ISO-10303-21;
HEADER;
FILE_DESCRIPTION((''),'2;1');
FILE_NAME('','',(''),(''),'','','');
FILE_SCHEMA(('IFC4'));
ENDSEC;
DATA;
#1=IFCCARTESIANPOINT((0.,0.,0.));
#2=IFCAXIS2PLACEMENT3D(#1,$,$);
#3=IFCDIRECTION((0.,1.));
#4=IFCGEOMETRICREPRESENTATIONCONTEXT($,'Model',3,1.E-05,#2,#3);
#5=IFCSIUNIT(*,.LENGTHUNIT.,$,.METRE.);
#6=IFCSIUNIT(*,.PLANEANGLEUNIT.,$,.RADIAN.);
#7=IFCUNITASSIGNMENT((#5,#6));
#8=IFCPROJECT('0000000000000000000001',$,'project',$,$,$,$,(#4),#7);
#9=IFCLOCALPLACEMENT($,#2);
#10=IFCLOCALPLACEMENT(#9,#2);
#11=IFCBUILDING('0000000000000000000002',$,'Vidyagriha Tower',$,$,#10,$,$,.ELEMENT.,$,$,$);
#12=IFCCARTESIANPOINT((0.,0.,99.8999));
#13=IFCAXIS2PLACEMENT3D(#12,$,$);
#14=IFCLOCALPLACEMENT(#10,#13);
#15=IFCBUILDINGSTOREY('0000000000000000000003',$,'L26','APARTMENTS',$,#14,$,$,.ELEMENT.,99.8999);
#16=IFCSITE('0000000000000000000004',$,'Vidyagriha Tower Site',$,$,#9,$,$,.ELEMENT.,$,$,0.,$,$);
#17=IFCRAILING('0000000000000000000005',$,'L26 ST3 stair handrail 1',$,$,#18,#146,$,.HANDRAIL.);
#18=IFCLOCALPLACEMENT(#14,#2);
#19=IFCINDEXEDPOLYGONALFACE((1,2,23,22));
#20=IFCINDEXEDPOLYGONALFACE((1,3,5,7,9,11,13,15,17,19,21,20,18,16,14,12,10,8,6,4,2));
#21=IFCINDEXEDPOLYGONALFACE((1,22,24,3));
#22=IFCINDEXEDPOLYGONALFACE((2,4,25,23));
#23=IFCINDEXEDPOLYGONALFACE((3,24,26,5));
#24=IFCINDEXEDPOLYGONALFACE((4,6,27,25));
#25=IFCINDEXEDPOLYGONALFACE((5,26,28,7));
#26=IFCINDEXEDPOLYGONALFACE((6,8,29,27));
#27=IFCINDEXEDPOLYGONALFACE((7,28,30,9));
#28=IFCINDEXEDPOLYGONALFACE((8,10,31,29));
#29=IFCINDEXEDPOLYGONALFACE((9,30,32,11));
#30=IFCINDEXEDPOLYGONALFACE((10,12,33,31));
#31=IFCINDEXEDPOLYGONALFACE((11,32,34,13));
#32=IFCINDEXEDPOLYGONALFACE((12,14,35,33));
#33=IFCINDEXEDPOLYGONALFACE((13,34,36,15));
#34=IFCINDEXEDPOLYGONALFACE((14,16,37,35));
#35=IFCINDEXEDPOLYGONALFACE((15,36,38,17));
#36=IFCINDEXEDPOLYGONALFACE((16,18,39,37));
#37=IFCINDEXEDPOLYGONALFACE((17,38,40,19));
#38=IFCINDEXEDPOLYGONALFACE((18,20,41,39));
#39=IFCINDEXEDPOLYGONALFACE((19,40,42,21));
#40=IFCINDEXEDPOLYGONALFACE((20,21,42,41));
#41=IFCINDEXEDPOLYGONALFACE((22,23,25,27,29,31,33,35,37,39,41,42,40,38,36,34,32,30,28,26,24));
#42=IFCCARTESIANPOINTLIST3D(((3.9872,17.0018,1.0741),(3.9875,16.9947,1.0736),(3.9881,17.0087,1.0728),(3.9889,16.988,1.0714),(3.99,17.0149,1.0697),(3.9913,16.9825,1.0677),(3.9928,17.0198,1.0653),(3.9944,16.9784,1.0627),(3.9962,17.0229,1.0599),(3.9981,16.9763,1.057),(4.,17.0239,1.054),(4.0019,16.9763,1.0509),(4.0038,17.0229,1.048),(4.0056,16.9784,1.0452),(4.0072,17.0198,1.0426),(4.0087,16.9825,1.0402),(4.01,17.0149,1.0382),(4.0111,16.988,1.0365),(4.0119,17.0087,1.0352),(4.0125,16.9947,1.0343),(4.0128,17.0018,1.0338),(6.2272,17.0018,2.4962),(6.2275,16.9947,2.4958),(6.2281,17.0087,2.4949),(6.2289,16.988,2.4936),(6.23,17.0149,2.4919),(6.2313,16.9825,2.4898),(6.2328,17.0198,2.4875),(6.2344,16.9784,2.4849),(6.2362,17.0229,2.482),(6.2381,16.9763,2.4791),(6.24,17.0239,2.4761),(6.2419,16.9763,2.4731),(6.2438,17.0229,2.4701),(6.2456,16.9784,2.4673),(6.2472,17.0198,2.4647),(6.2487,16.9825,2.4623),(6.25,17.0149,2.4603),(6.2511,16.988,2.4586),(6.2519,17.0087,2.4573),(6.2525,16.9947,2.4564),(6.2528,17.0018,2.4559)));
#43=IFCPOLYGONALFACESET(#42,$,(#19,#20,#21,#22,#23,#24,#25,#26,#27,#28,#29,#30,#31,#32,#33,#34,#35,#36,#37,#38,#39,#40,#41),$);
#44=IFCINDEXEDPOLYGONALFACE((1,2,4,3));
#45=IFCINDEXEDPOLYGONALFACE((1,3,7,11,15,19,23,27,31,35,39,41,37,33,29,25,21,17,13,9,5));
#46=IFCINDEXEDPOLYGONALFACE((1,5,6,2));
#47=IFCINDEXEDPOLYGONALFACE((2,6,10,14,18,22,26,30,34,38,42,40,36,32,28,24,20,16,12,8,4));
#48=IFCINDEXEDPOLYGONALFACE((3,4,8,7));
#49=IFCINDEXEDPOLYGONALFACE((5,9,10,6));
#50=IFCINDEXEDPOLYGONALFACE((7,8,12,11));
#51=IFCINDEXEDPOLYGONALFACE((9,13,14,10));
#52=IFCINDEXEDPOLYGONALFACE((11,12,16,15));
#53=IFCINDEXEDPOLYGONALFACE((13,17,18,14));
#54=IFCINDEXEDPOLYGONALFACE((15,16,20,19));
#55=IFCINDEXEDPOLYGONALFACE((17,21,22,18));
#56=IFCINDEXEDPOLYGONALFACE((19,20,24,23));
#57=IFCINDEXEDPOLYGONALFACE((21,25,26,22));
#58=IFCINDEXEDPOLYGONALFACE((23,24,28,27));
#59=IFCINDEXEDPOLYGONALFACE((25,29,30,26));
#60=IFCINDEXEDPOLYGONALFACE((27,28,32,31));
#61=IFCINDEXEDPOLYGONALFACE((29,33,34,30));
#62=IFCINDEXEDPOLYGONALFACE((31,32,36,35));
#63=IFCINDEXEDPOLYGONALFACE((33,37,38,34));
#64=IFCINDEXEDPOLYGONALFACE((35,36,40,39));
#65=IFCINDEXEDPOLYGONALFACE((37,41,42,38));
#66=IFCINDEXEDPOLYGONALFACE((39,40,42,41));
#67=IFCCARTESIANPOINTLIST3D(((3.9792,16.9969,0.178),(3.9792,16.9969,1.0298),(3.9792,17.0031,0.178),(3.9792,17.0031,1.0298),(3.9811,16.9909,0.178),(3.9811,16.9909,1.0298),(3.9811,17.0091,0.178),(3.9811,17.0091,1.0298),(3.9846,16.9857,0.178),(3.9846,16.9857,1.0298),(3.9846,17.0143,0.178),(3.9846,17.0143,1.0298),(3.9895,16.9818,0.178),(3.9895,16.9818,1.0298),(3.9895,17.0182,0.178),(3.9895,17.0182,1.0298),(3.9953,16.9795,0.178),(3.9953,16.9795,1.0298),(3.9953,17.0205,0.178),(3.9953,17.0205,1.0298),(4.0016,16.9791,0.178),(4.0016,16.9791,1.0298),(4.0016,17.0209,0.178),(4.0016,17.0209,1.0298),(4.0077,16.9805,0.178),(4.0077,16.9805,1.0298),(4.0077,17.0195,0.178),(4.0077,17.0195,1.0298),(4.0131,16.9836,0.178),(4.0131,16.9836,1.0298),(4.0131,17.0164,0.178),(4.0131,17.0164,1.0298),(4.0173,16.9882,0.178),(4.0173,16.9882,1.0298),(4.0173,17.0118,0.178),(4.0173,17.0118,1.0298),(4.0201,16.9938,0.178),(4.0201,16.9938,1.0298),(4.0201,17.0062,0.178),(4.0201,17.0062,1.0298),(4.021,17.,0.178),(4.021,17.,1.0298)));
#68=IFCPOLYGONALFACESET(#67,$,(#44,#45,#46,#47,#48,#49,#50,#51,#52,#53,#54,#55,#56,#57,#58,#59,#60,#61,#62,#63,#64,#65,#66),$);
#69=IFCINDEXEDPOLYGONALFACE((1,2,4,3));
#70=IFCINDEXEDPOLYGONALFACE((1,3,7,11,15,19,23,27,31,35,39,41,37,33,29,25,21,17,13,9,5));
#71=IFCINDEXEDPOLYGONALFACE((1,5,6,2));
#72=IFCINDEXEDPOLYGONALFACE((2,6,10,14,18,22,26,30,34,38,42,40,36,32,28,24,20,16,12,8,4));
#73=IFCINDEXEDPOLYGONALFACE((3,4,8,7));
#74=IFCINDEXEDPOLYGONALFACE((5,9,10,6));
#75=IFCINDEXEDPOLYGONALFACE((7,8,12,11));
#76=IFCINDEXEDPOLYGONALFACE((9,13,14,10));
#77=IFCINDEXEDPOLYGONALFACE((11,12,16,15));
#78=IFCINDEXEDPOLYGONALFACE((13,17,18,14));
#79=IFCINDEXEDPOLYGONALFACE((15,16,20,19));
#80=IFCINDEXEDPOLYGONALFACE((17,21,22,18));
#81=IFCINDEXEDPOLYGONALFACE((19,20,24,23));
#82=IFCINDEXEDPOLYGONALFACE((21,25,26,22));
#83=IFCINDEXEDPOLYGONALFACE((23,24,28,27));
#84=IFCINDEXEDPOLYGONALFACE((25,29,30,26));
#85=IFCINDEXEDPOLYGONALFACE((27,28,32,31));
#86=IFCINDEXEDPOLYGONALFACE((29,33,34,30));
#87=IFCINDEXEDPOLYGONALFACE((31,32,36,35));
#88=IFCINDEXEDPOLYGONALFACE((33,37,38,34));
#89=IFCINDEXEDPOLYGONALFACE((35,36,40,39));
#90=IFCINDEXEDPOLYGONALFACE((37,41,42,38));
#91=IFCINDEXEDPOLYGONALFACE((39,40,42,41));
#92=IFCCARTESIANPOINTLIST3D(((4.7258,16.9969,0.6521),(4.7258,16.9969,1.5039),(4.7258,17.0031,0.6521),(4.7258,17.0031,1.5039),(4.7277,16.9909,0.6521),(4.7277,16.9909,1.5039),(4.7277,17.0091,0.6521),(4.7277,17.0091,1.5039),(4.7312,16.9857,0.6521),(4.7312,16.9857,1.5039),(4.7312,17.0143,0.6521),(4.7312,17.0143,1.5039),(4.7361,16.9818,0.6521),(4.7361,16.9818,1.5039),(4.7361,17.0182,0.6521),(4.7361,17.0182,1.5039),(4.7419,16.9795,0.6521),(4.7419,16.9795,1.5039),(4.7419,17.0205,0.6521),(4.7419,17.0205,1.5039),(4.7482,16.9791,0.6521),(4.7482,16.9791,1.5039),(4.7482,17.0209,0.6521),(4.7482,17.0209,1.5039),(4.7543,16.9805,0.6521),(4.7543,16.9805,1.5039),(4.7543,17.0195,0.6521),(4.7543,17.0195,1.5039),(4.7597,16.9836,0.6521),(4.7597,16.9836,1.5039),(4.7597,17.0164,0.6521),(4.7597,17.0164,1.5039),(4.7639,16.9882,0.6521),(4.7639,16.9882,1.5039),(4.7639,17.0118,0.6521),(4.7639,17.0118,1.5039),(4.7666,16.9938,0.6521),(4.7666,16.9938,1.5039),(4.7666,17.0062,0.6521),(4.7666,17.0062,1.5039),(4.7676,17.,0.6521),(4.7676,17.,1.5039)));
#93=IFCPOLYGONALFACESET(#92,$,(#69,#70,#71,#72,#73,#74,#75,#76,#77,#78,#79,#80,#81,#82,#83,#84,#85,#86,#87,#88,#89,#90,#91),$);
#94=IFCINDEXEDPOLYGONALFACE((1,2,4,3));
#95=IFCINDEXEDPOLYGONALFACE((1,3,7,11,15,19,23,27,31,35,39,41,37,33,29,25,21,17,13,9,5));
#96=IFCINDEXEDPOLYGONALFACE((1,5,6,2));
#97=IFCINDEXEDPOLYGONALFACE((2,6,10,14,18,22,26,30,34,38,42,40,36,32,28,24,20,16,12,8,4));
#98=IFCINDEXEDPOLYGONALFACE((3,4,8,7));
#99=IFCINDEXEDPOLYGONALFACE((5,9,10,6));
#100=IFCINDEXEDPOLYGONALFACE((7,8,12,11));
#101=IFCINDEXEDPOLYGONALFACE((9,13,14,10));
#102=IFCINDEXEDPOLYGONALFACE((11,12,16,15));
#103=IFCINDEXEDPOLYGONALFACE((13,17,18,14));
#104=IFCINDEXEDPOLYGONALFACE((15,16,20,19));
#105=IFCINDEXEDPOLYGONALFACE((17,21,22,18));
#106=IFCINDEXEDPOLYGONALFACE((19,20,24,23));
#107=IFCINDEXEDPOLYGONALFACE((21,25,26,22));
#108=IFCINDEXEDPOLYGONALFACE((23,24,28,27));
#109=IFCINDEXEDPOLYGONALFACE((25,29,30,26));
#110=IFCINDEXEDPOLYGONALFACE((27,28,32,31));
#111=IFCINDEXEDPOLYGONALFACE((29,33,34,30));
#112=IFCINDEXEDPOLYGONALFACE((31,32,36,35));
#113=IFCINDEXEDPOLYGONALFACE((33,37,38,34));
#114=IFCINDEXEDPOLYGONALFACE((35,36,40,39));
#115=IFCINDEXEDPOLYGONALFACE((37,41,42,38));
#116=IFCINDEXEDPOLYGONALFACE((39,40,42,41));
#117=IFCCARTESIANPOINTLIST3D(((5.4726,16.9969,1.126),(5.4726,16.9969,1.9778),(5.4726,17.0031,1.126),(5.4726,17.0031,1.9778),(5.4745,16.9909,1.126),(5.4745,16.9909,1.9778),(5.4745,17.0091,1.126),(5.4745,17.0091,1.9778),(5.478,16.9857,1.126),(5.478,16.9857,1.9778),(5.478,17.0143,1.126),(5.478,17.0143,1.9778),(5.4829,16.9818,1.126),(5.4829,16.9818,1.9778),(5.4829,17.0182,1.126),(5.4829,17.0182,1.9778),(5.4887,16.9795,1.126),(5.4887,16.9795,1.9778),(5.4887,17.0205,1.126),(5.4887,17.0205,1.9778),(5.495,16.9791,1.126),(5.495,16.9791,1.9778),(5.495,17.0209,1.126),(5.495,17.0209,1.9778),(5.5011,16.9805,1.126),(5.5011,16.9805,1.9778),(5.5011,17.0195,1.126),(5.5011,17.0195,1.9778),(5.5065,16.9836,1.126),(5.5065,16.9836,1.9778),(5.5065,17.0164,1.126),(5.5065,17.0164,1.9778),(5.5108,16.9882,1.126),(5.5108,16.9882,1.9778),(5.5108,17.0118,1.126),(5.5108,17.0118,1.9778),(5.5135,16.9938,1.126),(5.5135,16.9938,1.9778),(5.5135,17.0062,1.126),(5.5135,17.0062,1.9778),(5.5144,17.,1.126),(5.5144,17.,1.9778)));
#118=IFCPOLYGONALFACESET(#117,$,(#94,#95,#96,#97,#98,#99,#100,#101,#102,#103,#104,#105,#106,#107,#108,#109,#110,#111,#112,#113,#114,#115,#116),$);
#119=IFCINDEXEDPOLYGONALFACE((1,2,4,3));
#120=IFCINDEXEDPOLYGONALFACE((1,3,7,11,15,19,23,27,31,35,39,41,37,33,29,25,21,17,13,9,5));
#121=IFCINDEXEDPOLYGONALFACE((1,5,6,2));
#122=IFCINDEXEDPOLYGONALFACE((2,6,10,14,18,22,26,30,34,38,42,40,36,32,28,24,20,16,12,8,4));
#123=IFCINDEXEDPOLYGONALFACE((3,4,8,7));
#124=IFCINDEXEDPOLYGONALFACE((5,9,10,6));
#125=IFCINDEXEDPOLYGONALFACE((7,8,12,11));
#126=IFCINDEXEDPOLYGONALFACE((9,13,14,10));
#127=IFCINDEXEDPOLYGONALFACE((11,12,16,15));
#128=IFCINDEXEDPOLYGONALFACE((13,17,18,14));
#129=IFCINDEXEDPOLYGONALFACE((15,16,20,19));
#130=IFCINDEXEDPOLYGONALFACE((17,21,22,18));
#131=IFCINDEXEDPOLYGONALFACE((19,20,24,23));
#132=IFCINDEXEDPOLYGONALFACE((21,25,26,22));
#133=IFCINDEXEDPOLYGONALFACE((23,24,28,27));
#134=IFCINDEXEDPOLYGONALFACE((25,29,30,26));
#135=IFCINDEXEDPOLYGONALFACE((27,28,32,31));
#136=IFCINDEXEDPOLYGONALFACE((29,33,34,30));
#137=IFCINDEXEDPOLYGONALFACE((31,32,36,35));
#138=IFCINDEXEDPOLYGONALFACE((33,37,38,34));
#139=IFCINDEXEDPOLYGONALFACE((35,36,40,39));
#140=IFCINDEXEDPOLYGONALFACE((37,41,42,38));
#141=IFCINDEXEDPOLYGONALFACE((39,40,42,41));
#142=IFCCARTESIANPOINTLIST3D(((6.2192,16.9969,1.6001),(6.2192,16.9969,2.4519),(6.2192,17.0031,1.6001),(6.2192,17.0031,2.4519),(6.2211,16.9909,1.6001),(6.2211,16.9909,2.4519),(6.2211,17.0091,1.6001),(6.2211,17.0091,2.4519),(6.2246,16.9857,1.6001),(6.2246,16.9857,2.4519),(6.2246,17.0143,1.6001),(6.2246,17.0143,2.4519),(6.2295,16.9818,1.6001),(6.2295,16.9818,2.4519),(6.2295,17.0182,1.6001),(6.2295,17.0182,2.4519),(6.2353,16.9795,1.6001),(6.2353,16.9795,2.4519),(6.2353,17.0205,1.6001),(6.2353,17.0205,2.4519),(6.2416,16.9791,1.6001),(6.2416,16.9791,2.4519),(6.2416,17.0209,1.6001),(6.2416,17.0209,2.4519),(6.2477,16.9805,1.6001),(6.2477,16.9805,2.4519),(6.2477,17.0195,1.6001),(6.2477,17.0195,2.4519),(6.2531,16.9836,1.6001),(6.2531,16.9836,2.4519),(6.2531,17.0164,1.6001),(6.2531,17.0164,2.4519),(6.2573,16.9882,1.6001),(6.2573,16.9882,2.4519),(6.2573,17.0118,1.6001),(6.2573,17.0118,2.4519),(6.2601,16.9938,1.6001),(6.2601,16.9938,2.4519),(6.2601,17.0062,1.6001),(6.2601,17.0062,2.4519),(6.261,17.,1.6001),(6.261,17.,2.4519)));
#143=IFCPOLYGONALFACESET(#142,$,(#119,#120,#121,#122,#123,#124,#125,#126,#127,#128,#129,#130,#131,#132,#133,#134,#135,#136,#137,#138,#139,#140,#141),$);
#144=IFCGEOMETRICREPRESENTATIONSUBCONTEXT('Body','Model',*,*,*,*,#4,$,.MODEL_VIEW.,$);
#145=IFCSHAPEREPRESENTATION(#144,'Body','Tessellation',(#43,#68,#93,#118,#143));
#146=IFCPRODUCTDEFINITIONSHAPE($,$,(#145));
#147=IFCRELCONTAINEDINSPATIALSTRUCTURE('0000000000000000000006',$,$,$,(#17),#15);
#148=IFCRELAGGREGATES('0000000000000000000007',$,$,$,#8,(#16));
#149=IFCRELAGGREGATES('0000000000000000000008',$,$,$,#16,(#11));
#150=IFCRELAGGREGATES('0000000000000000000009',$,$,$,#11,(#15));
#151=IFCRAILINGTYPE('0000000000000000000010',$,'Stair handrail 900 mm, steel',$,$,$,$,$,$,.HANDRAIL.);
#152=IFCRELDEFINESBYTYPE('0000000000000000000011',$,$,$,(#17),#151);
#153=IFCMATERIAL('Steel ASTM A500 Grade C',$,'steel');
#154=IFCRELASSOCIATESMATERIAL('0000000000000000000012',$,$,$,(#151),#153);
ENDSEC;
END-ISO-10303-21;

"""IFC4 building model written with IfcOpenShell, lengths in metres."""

from ifc_helpers import new_model, si_unit, direction, frame, origin, origin_2d, place, context, subcontext, project, spatial, circle, extrude, material, type_object, element, save


model = new_model("IFC4")

# Units and contexts
model_context = context("Model", 3, precision=1e-05, world=origin(), true_north=direction((0.0, 1.0)))
body_context = subcontext(model_context, "Body", "Model", "MODEL_VIEW")
ifc_project = project(units=[si_unit("LENGTHUNIT", "METRE"), si_unit("PLANEANGLEUNIT", "RADIAN")], contexts=[model_context])

# Site, building, storey
site_placement = place(None, origin())
site = spatial("IfcSite", under=ifc_project, at=site_placement, Name="Vidyagriha Tower Site", CompositionType="ELEMENT", RefElevation=0.0)
building_placement = place(site_placement, origin())
building = spatial("IfcBuilding", under=site, at=building_placement, Name="Vidyagriha Tower", CompositionType="ELEMENT")
storey_placement = place(building_placement, frame((0.0, 0.0, 99.8999)))
storey = spatial("IfcBuildingStorey", under=building, at=storey_placement, Name="L26", Description="APARTMENTS", CompositionType="ELEMENT", Elevation=99.8999)

# Railing
ifc_material_1 = material(Name="Steel ASTM A500 Grade C", Category="steel")
railing_type_1 = type_object("IfcRailingType", Name="Stair handrail 900 mm, steel", PredefinedType="HANDRAIL", material=ifc_material_1)
railing_1_placement = place(storey_placement, frame((4.0, 17.0, 0.178)))
element("IfcRailing", 1, at=railing_1_placement, inside=storey, type_object=railing_type_1, Name="L26 ST3 stair handrail 1", PredefinedType="HANDRAIL", context=body_context, shape_type="SweptSolid", body=[
    extrude(circle(Radius=0.0239, at=origin_2d()), frame((0.0, 0.0, 0.876), z_axis=(0.844229, 0.0, 0.535982), x_axis=(0.0, 1.0, 0.0)), (0.0, 0.0, 1.0), 2.6533),
    extrude(circle(Radius=0.021, at=origin_2d()), origin(), (0.0, 0.0, 1.0), 0.8518),
    extrude(circle(Radius=0.021, at=origin_2d()), frame((0.7466, 0.0, 0.4741)), (0.0, 0.0, 1.0), 0.8518),
    extrude(circle(Radius=0.021, at=origin_2d()), frame((1.4934, 0.0, 0.948)), (0.0, 0.0, 1.0), 0.8518),
    extrude(circle(Radius=0.021, at=origin_2d()), frame((2.24, 0.0, 1.4221)), (0.0, 0.0, 1.0), 0.8518),
])

save(model, "model.ifc")
